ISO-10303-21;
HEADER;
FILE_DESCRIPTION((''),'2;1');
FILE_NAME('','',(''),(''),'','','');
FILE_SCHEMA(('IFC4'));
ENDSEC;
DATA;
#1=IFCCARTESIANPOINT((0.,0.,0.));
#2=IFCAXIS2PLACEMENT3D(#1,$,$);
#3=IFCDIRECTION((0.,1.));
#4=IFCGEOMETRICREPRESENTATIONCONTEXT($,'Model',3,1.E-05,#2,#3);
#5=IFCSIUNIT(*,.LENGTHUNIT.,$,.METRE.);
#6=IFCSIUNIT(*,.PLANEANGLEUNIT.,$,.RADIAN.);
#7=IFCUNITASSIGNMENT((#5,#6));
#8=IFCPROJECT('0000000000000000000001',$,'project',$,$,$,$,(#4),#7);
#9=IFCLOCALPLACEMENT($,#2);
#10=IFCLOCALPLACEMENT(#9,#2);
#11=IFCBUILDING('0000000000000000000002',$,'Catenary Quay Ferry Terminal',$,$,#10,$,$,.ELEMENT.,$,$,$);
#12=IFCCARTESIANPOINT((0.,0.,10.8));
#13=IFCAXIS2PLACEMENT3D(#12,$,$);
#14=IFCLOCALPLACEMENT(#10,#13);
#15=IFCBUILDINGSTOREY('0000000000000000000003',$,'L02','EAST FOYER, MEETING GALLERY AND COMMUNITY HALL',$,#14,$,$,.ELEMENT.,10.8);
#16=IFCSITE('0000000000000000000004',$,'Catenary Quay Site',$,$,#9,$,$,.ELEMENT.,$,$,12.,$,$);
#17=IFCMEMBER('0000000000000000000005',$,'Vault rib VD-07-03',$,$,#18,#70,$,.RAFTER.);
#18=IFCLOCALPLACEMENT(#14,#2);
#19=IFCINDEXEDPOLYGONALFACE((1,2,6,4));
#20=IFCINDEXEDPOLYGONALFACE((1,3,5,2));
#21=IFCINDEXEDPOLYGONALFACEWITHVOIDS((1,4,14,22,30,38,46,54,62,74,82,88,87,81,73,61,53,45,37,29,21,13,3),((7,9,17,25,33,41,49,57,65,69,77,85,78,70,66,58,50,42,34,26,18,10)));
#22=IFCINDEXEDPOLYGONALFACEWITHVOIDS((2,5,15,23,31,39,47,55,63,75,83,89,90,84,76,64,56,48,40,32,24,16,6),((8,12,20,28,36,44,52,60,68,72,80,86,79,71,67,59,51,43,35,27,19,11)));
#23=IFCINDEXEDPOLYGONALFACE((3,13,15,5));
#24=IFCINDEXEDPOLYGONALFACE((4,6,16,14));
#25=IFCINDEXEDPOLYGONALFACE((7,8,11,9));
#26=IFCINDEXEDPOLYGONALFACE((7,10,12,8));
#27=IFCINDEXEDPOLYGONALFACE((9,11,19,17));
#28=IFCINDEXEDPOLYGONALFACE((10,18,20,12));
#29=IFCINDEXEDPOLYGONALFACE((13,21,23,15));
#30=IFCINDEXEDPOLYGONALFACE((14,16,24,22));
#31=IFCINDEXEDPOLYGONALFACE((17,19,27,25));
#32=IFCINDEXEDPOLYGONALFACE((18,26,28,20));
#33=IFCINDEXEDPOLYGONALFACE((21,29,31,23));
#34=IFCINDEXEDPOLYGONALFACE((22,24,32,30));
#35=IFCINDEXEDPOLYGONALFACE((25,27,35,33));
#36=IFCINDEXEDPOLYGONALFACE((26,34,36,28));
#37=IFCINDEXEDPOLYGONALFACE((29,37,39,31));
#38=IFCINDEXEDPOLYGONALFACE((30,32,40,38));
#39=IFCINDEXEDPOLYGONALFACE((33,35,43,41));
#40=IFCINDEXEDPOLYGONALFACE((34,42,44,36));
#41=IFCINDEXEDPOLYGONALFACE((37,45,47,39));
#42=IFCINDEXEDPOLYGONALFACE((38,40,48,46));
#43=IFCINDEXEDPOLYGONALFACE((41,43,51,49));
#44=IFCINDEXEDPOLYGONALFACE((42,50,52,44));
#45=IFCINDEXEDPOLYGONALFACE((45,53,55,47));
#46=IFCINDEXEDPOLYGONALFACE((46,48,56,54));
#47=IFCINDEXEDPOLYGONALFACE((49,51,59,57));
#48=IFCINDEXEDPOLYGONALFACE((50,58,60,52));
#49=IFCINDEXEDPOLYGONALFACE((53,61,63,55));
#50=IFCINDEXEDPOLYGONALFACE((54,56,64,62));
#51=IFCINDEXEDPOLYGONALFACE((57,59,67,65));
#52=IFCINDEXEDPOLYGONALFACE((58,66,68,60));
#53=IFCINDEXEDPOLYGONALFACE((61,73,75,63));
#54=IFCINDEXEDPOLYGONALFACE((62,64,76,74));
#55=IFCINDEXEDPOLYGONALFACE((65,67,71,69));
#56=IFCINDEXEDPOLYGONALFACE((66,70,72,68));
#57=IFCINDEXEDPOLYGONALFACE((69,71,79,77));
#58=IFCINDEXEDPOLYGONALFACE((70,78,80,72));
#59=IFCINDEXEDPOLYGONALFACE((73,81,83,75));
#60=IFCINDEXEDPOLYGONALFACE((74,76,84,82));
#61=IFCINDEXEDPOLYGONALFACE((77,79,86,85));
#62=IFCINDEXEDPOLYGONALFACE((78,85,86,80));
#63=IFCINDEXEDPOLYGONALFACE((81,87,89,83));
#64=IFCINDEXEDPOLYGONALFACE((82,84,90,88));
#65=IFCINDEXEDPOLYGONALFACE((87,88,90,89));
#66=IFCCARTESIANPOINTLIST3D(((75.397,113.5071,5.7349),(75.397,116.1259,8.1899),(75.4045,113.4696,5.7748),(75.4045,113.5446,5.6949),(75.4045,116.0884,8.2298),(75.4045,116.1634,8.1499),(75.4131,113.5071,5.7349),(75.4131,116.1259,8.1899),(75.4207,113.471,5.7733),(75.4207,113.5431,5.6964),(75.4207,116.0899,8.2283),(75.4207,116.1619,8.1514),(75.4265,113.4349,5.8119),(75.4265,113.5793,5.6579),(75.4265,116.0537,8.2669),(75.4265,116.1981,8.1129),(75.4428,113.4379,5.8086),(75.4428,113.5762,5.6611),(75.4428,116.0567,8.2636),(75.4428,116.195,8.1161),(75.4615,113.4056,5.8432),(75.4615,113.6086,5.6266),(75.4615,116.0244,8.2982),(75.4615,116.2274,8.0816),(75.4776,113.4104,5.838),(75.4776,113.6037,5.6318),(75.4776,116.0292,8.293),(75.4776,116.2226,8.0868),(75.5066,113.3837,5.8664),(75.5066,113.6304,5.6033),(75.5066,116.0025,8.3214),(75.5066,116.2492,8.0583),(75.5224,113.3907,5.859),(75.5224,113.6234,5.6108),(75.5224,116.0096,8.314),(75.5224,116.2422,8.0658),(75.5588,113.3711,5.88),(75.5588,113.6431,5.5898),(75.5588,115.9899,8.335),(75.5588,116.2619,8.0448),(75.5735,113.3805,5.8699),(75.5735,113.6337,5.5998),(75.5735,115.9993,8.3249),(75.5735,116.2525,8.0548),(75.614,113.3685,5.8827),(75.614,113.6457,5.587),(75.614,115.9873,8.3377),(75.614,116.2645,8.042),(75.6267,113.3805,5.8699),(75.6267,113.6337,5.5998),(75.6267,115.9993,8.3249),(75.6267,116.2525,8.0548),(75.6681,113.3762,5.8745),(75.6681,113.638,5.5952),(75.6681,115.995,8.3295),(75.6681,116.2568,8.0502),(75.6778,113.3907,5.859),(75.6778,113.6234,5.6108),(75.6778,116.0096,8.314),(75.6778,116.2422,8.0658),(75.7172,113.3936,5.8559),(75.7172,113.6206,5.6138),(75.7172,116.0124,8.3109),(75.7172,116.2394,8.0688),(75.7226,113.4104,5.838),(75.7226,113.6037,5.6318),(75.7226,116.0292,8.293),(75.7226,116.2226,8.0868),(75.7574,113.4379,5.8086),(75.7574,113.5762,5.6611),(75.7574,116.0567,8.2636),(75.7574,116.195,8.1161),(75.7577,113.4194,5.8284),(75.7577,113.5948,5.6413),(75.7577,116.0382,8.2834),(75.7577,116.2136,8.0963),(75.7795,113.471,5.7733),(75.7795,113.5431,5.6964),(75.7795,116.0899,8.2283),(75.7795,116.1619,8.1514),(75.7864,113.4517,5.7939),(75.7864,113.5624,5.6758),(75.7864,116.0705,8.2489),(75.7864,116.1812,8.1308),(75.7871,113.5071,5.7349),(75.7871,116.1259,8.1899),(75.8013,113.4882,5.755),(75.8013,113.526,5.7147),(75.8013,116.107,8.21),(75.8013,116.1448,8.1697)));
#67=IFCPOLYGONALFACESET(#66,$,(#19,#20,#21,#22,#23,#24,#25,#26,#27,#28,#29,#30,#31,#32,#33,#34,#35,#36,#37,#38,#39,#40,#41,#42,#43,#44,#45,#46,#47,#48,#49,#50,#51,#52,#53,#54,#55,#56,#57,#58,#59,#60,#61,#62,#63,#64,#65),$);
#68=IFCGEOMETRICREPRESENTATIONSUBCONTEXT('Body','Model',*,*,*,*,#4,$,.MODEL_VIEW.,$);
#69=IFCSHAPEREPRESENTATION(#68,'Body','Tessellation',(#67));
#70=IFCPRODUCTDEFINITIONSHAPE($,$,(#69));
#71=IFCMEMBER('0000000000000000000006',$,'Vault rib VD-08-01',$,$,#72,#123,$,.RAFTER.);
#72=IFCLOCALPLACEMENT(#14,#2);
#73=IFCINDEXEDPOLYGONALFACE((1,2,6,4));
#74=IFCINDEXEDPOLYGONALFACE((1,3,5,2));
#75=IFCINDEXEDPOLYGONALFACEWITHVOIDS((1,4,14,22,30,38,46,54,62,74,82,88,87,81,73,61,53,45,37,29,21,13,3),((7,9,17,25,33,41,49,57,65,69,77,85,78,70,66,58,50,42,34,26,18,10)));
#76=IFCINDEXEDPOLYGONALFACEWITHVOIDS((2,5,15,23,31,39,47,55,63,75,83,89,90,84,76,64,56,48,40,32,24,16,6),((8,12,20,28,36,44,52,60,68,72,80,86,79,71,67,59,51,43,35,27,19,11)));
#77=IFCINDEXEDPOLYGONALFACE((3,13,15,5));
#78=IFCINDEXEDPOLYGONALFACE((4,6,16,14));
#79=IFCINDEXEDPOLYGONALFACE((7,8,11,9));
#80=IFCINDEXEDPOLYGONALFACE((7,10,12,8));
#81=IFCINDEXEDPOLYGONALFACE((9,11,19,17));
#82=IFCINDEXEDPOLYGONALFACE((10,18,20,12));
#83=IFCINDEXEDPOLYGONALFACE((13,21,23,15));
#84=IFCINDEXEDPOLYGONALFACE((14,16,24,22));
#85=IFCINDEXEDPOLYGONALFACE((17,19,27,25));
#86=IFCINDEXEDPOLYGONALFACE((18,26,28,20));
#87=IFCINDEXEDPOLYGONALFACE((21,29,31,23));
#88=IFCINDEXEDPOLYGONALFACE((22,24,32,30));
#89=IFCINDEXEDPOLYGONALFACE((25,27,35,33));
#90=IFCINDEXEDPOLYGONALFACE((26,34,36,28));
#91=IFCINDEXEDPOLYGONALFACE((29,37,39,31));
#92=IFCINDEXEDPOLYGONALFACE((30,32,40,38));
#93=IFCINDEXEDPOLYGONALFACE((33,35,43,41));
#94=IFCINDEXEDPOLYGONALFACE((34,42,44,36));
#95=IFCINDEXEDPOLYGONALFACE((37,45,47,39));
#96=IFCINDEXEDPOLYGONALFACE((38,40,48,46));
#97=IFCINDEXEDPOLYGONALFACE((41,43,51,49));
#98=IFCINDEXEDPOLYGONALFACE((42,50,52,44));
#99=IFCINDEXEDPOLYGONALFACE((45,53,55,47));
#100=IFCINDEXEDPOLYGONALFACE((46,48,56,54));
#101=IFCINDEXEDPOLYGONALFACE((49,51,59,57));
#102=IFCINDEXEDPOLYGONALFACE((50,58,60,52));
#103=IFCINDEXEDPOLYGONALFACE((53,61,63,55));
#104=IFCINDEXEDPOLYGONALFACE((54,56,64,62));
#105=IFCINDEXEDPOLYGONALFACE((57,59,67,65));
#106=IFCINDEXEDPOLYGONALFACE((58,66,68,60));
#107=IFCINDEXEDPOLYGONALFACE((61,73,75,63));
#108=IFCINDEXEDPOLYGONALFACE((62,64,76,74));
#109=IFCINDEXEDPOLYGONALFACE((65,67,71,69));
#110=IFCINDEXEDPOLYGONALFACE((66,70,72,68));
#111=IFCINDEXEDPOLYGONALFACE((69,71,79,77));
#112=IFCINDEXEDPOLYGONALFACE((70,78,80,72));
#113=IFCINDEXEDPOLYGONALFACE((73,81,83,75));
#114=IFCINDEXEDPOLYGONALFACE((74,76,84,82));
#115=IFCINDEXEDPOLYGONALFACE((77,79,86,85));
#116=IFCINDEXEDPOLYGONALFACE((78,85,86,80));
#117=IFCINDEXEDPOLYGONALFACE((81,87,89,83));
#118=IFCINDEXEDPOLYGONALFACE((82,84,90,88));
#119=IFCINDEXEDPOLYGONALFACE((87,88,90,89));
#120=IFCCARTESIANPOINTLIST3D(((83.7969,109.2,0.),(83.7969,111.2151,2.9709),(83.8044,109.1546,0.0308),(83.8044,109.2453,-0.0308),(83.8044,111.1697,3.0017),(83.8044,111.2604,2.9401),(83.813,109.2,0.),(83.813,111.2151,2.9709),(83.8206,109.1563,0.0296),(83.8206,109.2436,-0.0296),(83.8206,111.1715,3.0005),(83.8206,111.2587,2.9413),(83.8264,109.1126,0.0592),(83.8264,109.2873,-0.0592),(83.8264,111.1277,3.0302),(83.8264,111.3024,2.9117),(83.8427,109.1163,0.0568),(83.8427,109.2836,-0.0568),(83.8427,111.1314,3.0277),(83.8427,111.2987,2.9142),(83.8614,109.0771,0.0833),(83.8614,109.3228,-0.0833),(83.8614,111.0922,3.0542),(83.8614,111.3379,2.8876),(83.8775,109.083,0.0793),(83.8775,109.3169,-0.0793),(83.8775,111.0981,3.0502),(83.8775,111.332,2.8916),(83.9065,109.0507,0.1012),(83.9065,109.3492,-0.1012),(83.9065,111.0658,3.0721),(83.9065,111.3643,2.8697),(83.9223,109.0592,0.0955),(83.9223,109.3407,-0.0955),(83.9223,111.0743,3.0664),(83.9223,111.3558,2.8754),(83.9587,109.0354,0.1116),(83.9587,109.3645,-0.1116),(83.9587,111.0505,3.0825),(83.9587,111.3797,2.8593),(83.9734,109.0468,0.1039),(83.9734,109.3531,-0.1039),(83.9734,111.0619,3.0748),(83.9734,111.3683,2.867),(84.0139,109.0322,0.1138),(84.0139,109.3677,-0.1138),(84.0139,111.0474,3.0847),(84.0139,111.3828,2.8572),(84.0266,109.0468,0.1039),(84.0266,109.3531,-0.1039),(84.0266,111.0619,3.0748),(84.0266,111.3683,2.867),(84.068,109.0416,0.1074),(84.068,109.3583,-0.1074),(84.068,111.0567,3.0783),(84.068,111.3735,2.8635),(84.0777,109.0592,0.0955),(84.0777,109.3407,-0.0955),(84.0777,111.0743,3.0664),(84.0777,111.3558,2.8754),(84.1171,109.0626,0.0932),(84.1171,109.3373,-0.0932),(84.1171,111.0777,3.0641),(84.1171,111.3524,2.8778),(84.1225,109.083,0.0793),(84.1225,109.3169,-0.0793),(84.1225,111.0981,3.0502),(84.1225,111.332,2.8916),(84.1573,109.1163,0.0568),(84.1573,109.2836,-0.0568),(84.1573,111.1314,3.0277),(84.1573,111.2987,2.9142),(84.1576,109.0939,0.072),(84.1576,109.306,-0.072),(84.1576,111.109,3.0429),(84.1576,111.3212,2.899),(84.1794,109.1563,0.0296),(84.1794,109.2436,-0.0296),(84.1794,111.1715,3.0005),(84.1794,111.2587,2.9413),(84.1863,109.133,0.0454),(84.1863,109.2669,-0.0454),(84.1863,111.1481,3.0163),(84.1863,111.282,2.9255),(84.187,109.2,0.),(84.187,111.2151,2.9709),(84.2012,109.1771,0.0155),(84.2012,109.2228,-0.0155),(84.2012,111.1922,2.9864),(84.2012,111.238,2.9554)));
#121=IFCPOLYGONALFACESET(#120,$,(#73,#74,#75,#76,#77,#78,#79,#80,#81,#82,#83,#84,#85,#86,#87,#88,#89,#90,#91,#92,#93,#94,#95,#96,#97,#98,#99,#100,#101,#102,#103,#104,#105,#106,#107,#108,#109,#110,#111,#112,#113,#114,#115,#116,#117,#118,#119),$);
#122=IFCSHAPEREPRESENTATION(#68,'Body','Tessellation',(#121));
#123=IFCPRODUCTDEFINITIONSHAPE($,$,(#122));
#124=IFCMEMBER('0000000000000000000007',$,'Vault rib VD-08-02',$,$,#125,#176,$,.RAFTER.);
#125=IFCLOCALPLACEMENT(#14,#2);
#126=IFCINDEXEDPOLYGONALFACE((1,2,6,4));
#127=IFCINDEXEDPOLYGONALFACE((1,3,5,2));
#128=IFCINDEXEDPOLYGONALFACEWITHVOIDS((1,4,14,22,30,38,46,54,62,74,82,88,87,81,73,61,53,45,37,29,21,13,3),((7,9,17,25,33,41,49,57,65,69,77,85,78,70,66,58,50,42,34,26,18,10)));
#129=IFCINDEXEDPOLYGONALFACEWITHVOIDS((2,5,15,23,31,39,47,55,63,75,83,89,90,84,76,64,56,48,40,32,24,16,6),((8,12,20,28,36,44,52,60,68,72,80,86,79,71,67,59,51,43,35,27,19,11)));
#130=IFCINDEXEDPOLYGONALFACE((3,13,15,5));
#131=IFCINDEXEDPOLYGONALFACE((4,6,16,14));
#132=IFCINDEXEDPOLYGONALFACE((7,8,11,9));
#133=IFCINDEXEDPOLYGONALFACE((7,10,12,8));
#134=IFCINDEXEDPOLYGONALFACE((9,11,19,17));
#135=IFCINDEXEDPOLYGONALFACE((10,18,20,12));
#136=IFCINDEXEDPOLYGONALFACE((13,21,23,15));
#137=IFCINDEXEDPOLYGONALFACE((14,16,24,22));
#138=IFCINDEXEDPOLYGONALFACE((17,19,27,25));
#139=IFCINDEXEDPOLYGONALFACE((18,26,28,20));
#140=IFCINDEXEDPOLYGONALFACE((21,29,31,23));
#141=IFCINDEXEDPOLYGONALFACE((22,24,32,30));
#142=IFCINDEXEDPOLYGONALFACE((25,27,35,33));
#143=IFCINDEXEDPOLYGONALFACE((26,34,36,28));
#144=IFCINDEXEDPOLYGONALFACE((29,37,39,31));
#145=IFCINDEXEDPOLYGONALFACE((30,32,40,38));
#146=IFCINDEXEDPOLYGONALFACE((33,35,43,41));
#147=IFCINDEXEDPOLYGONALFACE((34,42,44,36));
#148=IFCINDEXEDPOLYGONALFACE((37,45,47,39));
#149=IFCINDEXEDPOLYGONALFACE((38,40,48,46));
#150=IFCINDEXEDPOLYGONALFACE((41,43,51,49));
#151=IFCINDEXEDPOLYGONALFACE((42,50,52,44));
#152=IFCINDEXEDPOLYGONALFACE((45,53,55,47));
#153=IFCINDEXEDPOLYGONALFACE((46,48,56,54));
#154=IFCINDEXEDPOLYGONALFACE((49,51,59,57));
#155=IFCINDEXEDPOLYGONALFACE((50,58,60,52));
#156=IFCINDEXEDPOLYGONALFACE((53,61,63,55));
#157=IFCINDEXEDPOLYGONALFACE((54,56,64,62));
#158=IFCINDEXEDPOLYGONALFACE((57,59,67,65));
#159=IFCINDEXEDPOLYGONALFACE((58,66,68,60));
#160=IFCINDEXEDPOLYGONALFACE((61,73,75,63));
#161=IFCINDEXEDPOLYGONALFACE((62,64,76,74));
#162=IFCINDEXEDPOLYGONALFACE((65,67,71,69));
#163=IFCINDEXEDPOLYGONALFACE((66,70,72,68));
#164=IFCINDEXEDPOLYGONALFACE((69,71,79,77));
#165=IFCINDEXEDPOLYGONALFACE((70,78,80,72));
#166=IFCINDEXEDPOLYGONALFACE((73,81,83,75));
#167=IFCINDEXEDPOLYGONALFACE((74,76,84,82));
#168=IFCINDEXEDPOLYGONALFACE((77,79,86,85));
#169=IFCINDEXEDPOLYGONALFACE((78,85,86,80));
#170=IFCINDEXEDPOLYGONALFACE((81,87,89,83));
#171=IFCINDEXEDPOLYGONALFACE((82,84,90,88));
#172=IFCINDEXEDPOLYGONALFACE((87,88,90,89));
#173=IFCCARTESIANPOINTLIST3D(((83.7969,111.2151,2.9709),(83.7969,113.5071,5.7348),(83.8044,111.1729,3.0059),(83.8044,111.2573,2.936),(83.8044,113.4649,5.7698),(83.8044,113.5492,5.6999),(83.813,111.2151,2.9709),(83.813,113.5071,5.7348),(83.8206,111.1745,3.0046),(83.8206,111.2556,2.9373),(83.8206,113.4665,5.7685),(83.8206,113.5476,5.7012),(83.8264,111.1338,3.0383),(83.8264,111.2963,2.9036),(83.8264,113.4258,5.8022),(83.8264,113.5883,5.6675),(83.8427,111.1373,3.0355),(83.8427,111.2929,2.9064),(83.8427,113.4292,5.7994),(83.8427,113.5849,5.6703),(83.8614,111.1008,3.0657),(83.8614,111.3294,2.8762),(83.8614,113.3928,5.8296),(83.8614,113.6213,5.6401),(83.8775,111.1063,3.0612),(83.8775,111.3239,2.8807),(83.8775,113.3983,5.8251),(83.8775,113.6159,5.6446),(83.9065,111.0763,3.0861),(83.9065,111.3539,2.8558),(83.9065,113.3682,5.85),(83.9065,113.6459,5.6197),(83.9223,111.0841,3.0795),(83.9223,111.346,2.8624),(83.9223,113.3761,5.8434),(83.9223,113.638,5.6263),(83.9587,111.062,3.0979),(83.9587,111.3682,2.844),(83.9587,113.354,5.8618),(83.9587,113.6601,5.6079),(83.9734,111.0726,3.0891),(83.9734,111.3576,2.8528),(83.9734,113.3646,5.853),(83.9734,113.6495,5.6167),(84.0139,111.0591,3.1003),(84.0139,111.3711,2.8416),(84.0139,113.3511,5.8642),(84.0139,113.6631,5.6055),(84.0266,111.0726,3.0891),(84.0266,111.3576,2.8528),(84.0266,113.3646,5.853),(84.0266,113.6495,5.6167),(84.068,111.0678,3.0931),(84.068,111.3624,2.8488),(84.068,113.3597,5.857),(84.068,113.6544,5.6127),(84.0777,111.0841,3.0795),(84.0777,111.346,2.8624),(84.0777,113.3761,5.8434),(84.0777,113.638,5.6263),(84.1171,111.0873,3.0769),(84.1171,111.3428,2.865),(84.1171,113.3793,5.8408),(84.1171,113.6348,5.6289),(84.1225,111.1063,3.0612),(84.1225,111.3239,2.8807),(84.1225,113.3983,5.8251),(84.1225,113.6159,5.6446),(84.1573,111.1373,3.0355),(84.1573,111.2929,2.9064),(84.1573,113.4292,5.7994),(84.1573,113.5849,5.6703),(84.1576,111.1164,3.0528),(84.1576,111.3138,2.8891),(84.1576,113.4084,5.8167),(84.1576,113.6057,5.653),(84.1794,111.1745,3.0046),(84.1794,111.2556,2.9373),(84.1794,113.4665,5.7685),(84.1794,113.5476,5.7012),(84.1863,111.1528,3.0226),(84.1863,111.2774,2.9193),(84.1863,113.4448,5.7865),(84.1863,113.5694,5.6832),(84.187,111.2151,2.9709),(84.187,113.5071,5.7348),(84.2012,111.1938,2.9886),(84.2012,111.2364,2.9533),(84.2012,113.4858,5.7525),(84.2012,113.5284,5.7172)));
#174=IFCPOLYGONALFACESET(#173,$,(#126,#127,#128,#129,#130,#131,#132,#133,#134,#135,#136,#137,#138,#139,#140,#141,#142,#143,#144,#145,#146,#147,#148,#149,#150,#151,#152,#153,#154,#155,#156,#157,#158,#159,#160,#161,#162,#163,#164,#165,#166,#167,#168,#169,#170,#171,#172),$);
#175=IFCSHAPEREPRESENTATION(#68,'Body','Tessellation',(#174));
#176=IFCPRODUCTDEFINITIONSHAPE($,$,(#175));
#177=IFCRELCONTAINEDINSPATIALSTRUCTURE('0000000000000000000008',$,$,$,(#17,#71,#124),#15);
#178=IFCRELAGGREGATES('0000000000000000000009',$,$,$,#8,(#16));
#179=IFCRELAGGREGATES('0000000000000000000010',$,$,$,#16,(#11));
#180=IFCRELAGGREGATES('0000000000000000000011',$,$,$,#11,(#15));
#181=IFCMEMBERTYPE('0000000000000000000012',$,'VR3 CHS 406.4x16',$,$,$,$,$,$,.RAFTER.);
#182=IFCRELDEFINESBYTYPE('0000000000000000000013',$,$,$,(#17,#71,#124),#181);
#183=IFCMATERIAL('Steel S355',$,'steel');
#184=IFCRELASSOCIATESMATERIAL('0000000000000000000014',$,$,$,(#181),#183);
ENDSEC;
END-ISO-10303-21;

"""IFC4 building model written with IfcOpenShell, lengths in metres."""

from ifc_helpers import new_model, si_unit, direction, frame, origin, origin_2d, place, context, subcontext, project, spatial, hollow_circle, extrude, material, material_profile, profile_set, type_object, element, save


model = new_model("IFC4")

# Units and contexts
model_context = context("Model", 3, precision=1e-05, world=origin(), true_north=direction((0.0, 1.0)))
body_context = subcontext(model_context, "Body", "Model", "MODEL_VIEW")
ifc_project = project(units=[si_unit("LENGTHUNIT", "METRE"), si_unit("PLANEANGLEUNIT", "RADIAN")], contexts=[model_context])

# Site, building, storey
site_placement = place(None, origin())
site = spatial("IfcSite", under=ifc_project, at=site_placement, Name="Catenary Quay Site", CompositionType="ELEMENT", RefElevation=12.0)
building_placement = place(site_placement, origin())
building = spatial("IfcBuilding", under=site, at=building_placement, Name="Catenary Quay Ferry Terminal", CompositionType="ELEMENT")
storey_placement = place(building_placement, frame((0.0, 0.0, 10.8)))
storey = spatial("IfcBuildingStorey", under=building, at=storey_placement, Name="L02", Description="EAST FOYER, MEETING GALLERY AND COMMUNITY HALL", CompositionType="ELEMENT", Elevation=10.8)

# Members
ifc_material_1 = material(Name="Steel S355", Category="steel")
ifc_material_profile_1 = material_profile(ifc_material_1, hollow_circle(Radius=0.2031, WallThickness=0.0161, at=origin_2d()), Name="CHS 406.4x16")
ifc_profile_set_1 = profile_set([ifc_material_profile_1], Name="Steel S355")
member_type_1 = type_object("IfcMemberType", Name="VR3 CHS 406.4x16", PredefinedType="RAFTER", material=ifc_profile_set_1)
member_1_placement = place(storey_placement, frame((75.6001, 113.5071, 5.7349), z_axis=(0.0, 0.729556, 0.683921), x_axis=(-1.0, 0.0, 0.0)))
element("IfcMember", 1, at=member_1_placement, inside=storey, type_object=member_type_1, Name="Vault rib VD-07-03", PredefinedType="RAFTER", context=body_context, shape_type="SweptSolid", body=[
    extrude(hollow_circle(Radius=0.2031, WallThickness=0.0161, at=origin_2d()), origin(), (0.0, 0.0, 1.0), 3.5896),
])
member_2_placement = place(storey_placement, frame((84.0, 109.2, 0.0), z_axis=(0.0, 0.561337, 0.827587), x_axis=(-1.0, 0.0, 0.0)))
element("IfcMember", 2, at=member_2_placement, inside=storey, type_object=member_type_1, Name="Vault rib VD-08-01", PredefinedType="RAFTER", context=body_context, shape_type="SweptSolid", body=[
    extrude(hollow_circle(Radius=0.2031, WallThickness=0.0161, at=origin_2d()), origin(), (0.0, 0.0, 1.0), 3.5898),
])
member_3_placement = place(storey_placement, frame((84.0, 111.2151, 2.9709), z_axis=(0.0, 0.63833, 0.769763), x_axis=(-1.0, 0.0, 0.0)))
element("IfcMember", 3, at=member_3_placement, inside=storey, type_object=member_type_1, Name="Vault rib VD-08-02", PredefinedType="RAFTER", context=body_context, shape_type="SweptSolid", body=[
    extrude(hollow_circle(Radius=0.2031, WallThickness=0.0161, at=origin_2d()), origin(), (0.0, 0.0, 1.0), 3.5906),
])

save(model, "model.ifc")
